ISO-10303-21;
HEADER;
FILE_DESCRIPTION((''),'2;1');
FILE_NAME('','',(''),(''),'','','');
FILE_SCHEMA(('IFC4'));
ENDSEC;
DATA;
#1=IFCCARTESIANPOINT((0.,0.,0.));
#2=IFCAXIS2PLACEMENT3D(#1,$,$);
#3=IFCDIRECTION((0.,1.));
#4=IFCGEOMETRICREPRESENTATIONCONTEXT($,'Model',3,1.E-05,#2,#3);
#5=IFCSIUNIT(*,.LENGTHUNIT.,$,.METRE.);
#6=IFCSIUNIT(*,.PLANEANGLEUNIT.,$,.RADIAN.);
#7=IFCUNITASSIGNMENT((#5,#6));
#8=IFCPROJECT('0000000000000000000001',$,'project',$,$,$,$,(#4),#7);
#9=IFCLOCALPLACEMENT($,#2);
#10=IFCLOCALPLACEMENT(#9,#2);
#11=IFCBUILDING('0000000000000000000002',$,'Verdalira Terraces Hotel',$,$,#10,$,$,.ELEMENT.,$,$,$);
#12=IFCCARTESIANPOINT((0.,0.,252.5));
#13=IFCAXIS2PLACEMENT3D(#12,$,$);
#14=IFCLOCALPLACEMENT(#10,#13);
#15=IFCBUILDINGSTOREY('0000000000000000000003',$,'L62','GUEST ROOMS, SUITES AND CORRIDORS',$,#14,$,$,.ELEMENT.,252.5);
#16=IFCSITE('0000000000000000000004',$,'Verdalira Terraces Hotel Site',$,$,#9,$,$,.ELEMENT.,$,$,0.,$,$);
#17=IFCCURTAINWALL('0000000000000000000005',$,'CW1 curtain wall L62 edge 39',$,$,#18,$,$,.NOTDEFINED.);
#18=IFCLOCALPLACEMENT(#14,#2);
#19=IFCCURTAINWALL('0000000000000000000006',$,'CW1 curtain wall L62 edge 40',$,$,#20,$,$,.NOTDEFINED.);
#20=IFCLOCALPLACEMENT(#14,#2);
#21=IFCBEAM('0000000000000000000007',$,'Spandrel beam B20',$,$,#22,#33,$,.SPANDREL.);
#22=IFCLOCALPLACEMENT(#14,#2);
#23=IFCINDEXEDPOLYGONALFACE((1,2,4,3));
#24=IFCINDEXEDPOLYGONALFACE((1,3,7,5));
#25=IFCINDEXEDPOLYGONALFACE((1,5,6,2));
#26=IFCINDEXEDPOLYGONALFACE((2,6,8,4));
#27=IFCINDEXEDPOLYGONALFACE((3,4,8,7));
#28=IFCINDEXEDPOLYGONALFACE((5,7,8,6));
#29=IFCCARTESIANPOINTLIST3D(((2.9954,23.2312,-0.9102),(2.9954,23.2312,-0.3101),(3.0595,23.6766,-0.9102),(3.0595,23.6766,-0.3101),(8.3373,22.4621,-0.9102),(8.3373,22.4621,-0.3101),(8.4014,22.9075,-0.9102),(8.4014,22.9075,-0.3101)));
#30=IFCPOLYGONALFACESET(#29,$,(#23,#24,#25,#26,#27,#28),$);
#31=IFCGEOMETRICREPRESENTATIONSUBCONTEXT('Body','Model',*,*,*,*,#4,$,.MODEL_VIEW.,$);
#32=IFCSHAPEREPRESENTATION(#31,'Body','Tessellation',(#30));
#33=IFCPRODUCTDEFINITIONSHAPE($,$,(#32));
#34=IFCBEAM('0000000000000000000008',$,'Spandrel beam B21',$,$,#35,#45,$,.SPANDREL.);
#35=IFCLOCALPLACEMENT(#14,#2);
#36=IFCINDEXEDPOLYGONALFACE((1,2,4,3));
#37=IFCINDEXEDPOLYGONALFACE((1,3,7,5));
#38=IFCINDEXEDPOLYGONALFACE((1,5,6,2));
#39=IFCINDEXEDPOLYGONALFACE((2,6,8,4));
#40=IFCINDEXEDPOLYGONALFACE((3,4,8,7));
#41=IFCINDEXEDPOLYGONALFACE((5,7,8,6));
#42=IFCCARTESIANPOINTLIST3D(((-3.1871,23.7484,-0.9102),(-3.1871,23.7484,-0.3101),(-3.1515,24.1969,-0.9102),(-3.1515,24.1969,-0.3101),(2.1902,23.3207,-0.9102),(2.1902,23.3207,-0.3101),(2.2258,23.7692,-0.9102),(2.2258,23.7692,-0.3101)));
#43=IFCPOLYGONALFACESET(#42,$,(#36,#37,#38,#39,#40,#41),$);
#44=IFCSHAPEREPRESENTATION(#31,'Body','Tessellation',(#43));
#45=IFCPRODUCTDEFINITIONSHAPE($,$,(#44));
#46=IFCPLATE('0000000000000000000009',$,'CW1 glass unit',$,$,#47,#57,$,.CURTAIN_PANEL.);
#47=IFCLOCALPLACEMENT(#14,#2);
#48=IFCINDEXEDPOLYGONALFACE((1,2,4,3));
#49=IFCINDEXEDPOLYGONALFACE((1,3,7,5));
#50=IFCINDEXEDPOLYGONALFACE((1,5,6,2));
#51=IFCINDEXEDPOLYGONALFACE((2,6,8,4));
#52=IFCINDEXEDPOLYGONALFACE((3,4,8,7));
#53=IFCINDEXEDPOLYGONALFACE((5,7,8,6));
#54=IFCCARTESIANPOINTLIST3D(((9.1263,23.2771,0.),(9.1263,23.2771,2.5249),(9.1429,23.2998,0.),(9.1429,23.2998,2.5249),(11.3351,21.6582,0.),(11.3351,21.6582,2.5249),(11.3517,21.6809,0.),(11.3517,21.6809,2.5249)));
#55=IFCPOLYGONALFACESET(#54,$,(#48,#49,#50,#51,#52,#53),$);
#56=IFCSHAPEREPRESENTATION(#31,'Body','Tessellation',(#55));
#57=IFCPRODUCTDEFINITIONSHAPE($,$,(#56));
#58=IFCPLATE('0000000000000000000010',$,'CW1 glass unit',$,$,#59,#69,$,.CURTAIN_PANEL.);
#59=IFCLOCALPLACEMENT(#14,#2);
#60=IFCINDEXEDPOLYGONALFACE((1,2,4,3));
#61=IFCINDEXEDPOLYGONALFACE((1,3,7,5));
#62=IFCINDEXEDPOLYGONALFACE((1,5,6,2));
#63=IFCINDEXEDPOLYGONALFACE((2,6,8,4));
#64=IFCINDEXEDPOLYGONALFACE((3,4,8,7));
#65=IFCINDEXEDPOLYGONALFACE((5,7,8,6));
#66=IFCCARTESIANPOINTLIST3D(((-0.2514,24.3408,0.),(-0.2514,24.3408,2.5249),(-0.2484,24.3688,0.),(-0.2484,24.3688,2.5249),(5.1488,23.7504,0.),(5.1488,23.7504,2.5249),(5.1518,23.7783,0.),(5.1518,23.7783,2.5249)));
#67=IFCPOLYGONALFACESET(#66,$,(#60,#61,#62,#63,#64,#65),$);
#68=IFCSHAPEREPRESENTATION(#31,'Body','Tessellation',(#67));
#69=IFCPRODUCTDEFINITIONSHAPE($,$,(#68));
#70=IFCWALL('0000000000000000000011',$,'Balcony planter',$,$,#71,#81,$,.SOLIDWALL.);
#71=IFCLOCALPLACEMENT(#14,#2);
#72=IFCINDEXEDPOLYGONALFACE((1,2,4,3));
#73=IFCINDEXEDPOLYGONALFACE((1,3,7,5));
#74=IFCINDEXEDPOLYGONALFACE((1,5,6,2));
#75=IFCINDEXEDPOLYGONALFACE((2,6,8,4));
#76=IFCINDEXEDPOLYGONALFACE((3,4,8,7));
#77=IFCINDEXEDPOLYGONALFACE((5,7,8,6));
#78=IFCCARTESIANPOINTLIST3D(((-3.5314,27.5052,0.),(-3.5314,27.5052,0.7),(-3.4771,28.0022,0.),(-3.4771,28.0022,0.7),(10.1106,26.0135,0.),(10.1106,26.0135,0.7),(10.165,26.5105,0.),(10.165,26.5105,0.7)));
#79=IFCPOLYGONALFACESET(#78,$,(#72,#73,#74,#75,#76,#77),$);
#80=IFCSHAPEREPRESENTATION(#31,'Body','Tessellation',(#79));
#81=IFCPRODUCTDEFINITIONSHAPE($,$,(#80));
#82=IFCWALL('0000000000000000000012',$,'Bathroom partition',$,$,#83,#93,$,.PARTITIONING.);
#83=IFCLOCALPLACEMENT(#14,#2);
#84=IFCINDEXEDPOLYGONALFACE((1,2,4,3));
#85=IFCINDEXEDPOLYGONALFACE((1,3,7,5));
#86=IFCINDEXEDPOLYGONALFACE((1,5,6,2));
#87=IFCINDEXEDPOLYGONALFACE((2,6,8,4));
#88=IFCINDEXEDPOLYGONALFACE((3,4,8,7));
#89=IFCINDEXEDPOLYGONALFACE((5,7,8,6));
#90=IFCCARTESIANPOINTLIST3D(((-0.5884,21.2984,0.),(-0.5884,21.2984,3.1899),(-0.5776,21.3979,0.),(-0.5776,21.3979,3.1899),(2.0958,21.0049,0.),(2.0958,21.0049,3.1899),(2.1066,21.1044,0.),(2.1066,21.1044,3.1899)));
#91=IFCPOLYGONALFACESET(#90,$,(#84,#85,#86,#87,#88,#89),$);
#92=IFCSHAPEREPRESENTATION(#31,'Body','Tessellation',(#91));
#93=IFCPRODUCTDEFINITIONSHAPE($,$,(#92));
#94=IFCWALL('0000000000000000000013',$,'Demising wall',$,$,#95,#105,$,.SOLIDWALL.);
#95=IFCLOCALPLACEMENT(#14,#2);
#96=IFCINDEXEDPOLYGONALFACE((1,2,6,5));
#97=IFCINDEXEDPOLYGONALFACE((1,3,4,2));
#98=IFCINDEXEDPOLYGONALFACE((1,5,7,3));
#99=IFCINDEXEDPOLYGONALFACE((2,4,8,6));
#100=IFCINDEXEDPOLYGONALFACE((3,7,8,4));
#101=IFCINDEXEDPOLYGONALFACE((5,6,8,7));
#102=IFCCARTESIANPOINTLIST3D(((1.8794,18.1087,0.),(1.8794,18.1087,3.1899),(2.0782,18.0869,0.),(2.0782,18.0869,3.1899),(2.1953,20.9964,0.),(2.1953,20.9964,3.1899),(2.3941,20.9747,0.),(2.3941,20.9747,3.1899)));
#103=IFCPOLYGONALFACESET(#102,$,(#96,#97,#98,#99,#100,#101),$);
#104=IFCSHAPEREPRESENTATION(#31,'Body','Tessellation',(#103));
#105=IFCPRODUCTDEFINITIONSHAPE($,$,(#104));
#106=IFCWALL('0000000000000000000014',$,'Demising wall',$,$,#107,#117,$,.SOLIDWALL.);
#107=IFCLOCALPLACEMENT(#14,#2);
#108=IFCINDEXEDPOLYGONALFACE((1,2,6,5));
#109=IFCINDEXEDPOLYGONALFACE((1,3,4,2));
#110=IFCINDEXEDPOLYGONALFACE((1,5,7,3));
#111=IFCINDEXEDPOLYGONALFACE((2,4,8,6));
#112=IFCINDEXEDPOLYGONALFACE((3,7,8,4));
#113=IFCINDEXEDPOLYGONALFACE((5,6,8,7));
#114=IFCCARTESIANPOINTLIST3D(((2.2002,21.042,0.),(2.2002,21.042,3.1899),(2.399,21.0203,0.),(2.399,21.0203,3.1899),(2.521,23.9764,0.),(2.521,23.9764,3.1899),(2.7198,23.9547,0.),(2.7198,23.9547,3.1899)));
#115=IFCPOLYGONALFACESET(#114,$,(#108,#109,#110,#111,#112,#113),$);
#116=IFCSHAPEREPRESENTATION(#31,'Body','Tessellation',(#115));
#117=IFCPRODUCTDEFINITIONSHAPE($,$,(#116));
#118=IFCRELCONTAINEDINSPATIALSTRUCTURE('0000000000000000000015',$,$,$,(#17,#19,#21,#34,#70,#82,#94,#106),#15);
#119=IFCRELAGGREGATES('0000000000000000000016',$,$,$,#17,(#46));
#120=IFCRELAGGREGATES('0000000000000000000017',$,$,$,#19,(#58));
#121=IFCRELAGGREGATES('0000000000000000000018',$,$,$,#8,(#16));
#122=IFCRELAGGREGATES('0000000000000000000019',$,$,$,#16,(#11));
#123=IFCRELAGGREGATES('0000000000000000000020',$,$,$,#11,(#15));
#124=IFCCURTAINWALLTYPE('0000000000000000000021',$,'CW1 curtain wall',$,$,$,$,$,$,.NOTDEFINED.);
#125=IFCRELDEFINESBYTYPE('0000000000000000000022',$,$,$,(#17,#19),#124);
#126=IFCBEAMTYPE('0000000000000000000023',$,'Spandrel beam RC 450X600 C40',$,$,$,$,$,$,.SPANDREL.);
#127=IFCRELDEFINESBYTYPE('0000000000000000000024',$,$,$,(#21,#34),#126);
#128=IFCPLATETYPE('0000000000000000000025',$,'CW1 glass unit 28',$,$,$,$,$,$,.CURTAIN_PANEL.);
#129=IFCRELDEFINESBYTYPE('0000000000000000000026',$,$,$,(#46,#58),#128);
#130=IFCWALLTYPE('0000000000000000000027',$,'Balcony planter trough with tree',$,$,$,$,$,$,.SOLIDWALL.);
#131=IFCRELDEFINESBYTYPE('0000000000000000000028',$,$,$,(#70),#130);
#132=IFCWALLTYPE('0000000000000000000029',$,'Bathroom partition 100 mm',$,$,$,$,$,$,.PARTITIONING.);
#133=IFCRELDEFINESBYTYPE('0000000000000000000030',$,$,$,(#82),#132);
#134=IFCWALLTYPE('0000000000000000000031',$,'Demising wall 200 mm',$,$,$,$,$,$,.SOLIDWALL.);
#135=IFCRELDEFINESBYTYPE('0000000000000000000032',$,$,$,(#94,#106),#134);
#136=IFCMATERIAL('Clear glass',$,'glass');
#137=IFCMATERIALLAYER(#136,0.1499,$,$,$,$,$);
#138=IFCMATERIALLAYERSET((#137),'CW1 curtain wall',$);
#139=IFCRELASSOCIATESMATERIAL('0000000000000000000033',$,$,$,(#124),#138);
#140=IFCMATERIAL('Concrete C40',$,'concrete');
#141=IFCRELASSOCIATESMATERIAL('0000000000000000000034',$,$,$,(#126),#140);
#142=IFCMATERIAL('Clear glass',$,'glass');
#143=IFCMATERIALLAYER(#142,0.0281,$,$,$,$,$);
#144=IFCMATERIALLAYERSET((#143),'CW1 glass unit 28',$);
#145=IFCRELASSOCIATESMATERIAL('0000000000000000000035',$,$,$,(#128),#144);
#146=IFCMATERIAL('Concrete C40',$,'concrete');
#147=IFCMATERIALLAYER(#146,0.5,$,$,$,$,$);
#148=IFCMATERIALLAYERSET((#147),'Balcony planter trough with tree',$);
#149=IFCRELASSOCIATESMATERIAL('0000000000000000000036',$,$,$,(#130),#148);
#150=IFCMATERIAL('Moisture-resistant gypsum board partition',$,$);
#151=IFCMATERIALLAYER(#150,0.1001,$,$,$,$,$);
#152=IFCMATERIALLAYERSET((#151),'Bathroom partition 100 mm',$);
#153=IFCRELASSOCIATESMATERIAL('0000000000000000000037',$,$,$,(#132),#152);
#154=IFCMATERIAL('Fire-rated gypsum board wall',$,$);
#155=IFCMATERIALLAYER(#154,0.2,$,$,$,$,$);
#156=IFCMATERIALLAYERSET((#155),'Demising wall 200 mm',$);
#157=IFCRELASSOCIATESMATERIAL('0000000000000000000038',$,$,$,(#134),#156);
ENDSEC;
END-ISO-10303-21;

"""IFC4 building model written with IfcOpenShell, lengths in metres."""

from ifc_helpers import new_model, si_unit, direction, frame, frame_2d, origin, origin_2d, place, context, subcontext, project, spatial, rectangle, extrude, material, layer, layer_set, material_profile, profile_set, type_object, element, aggregate, save


model = new_model("IFC4")

# Units and contexts
model_context = context("Model", 3, precision=1e-05, world=origin(), true_north=direction((0.0, 1.0)))
body_context = subcontext(model_context, "Body", "Model", "MODEL_VIEW")
ifc_project = project(units=[si_unit("LENGTHUNIT", "METRE"), si_unit("PLANEANGLEUNIT", "RADIAN")], contexts=[model_context])

# Site, building, storey
site_placement = place(None, origin())
site = spatial("IfcSite", under=ifc_project, at=site_placement, Name="Verdalira Terraces Hotel Site", CompositionType="ELEMENT", RefElevation=0.0)
building_placement = place(site_placement, origin())
building = spatial("IfcBuilding", under=site, at=building_placement, Name="Verdalira Terraces Hotel", CompositionType="ELEMENT")
storey_placement = place(building_placement, frame((0.0, 0.0, 252.5)))
storey = spatial("IfcBuildingStorey", under=building, at=storey_placement, Name="L62", Description="GUEST ROOMS, SUITES AND CORRIDORS", CompositionType="ELEMENT", Elevation=252.5)

# Curtain wall
ifc_material_1 = material(Name="Clear glass", Category="glass")
ifc_layer_1 = layer(ifc_material_1, 0.1499)
ifc_layer_set_1 = layer_set([ifc_layer_1], Name="CW1 curtain wall")
curtain_wall_type = type_object("IfcCurtainWallType", Name="CW1 curtain wall", PredefinedType="NOTDEFINED", material=ifc_layer_set_1)
curtain_wall_1_placement = place(storey_placement, origin())
curtain_wall_1 = element("IfcCurtainWall", 1, at=curtain_wall_1_placement, inside=storey, type_object=curtain_wall_type, Name="CW1 curtain wall L62 edge 39", PredefinedType="NOTDEFINED")

# Curtain wall
curtain_wall_2_placement = place(storey_placement, origin())
curtain_wall_2 = element("IfcCurtainWall", 2, at=curtain_wall_2_placement, inside=storey, type_object=curtain_wall_type, Name="CW1 curtain wall L62 edge 40", PredefinedType="NOTDEFINED")

# Beams
ifc_material_2 = material(Name="Concrete C40", Category="concrete")
ifc_material_profile_1 = material_profile(ifc_material_2, rectangle(XDim=0.45, YDim=0.6001, at=origin_2d()), Name="RC 450X600")
ifc_profile_set_1 = profile_set([ifc_material_profile_1], Name="Concrete C40")
beam_type_1 = type_object("IfcBeamType", Name="Spandrel beam RC 450X600 C40", PredefinedType="SPANDREL", material=ifc_profile_set_1)
beam_1_placement = place(storey_placement, frame((8.3694, 22.6848, -0.6101), z_axis=(-0.989795, 0.142498, 0.0), x_axis=(-0.142498, -0.989795, 0.0)))
element("IfcBeam", 3, at=beam_1_placement, inside=storey, type_object=beam_type_1, Name="Spandrel beam B20", PredefinedType="SPANDREL", context=body_context, shape_type="SweptSolid", body=[
    extrude(rectangle(XDim=0.45, YDim=0.6001, at=origin_2d()), origin(), (0.0, 0.0, 1.0), 5.397),
])
beam_2_placement = place(storey_placement, frame((2.208, 23.5449, -0.6101), z_axis=(-0.996851, 0.079295, 0.0), x_axis=(-0.079295, -0.996851, 0.0)))
element("IfcBeam", 4, at=beam_2_placement, inside=storey, type_object=beam_type_1, Name="Spandrel beam B21", PredefinedType="SPANDREL", context=body_context, shape_type="SweptSolid", body=[
    extrude(rectangle(XDim=0.45, YDim=0.6001, at=origin_2d()), origin(), (0.0, 0.0, 1.0), 5.3943),
])

# Plates
ifc_material_3 = material(Name="Clear glass", Category="glass")
ifc_layer_2 = layer(ifc_material_3, 0.0281)
ifc_layer_set_2 = layer_set([ifc_layer_2], Name="CW1 glass unit 28")
plate_type = type_object("IfcPlateType", Name="CW1 glass unit 28", PredefinedType="CURTAIN_PANEL", material=ifc_layer_set_2)
plate_1_placement = place(storey_placement, frame((10.239, 22.479, 0.0), z_axis=(0.0, 0.0, 1.0), x_axis=(-0.806548, 0.591169, 0.0)))
plate_1 = element("IfcPlate", 5, at=plate_1_placement, type_object=plate_type, Name="CW1 glass unit", PredefinedType="CURTAIN_PANEL", context=body_context, shape_type="SweptSolid", body=[
    extrude(rectangle(XDim=2.7385, YDim=0.0281, at=origin_2d()), origin(), (0.0, 0.0, 1.0), 2.5249),
])
aggregate(curtain_wall_1, [plate_1])
plate_2_placement = place(storey_placement, frame((2.4502, 24.0596, 0.0), z_axis=(0.0, 0.0, 1.0), x_axis=(-0.994075, 0.108693, 0.0)))
plate_2 = element("IfcPlate", 6, at=plate_2_placement, type_object=plate_type, Name="CW1 glass unit", PredefinedType="CURTAIN_PANEL", context=body_context, shape_type="SweptSolid", body=[
    extrude(rectangle(XDim=5.4324, YDim=0.0281, at=origin_2d()), origin(), (0.0, 0.0, 1.0), 2.5249),
])
aggregate(curtain_wall_2, [plate_2])

# Walls
ifc_material_4 = material(Name="Concrete C40", Category="concrete")
ifc_layer_3 = layer(ifc_material_4, 0.5)
ifc_layer_set_3 = layer_set([ifc_layer_3], Name="Balcony planter trough with tree")
wall_type_1 = type_object("IfcWallType", Name="Balcony planter trough with tree", PredefinedType="SOLIDWALL", material=ifc_layer_set_3)
wall_1_placement = place(storey_placement, frame((10.1379, 26.262, 0.0), z_axis=(0.0, 0.0, 1.0), x_axis=(-0.994075, 0.108697, 0.0)))
element("IfcWall", 7, at=wall_1_placement, inside=storey, type_object=wall_type_1, Name="Balcony planter", PredefinedType="SOLIDWALL", context=body_context, shape_type="SweptSolid", body=[
    extrude(rectangle(XDim=13.7234, YDim=0.5, at=frame_2d((6.8618, 0.0))), origin(), (0.0, 0.0, 1.0), 0.7),
])
ifc_material_5 = material(Name="Moisture-resistant gypsum board partition")
ifc_layer_4 = layer(ifc_material_5, 0.1001)
ifc_layer_set_4 = layer_set([ifc_layer_4], Name="Bathroom partition 100 mm")
wall_type_2 = type_object("IfcWallType", Name="Bathroom partition 100 mm", PredefinedType="PARTITIONING", material=ifc_layer_set_4)
wall_2_placement = place(storey_placement, frame((-0.583, 21.3481, 0.0), z_axis=(0.0, 0.0, 1.0), x_axis=(0.994076, -0.108685, 0.0)))
element("IfcWall", 8, at=wall_2_placement, inside=storey, type_object=wall_type_2, Name="Bathroom partition", PredefinedType="PARTITIONING", context=body_context, shape_type="SweptSolid", body=[
    extrude(rectangle(XDim=2.7002, YDim=0.1001, at=frame_2d((1.3501, 0.0))), origin(), (0.0, 0.0, 1.0), 3.1899),
])
ifc_material_6 = material(Name="Fire-rated gypsum board wall")
ifc_layer_5 = layer(ifc_material_6, 0.2)
ifc_layer_set_5 = layer_set([ifc_layer_5], Name="Demising wall 200 mm")
wall_type_3 = type_object("IfcWallType", Name="Demising wall 200 mm", PredefinedType="SOLIDWALL", material=ifc_layer_set_5)
wall_3_placement = place(storey_placement, frame((1.9788, 18.0977, 0.0), z_axis=(0.0, 0.0, 1.0), x_axis=(0.108753, 0.994069, 0.0)))
element("IfcWall", 9, at=wall_3_placement, inside=storey, type_object=wall_type_3, Name="Demising wall", PredefinedType="SOLIDWALL", context=body_context, shape_type="SweptSolid", body=[
    extrude(rectangle(XDim=2.905, YDim=0.2, at=frame_2d((1.4526, 0.0))), origin(), (0.0, 0.0, 1.0), 3.1899),
])
wall_4_placement = place(storey_placement, frame((2.2996, 21.031, 0.0), z_axis=(0.0, 0.0, 1.0), x_axis=(0.108679, 0.994077, 0.0)))
element("IfcWall", 10, at=wall_4_placement, inside=storey, type_object=wall_type_3, Name="Demising wall", PredefinedType="SOLIDWALL", context=body_context, shape_type="SweptSolid", body=[
    extrude(rectangle(XDim=2.9519, YDim=0.2, at=frame_2d((1.4761, 0.0))), origin(), (0.0, 0.0, 1.0), 3.1899),
])

save(model, "model.ifc")
